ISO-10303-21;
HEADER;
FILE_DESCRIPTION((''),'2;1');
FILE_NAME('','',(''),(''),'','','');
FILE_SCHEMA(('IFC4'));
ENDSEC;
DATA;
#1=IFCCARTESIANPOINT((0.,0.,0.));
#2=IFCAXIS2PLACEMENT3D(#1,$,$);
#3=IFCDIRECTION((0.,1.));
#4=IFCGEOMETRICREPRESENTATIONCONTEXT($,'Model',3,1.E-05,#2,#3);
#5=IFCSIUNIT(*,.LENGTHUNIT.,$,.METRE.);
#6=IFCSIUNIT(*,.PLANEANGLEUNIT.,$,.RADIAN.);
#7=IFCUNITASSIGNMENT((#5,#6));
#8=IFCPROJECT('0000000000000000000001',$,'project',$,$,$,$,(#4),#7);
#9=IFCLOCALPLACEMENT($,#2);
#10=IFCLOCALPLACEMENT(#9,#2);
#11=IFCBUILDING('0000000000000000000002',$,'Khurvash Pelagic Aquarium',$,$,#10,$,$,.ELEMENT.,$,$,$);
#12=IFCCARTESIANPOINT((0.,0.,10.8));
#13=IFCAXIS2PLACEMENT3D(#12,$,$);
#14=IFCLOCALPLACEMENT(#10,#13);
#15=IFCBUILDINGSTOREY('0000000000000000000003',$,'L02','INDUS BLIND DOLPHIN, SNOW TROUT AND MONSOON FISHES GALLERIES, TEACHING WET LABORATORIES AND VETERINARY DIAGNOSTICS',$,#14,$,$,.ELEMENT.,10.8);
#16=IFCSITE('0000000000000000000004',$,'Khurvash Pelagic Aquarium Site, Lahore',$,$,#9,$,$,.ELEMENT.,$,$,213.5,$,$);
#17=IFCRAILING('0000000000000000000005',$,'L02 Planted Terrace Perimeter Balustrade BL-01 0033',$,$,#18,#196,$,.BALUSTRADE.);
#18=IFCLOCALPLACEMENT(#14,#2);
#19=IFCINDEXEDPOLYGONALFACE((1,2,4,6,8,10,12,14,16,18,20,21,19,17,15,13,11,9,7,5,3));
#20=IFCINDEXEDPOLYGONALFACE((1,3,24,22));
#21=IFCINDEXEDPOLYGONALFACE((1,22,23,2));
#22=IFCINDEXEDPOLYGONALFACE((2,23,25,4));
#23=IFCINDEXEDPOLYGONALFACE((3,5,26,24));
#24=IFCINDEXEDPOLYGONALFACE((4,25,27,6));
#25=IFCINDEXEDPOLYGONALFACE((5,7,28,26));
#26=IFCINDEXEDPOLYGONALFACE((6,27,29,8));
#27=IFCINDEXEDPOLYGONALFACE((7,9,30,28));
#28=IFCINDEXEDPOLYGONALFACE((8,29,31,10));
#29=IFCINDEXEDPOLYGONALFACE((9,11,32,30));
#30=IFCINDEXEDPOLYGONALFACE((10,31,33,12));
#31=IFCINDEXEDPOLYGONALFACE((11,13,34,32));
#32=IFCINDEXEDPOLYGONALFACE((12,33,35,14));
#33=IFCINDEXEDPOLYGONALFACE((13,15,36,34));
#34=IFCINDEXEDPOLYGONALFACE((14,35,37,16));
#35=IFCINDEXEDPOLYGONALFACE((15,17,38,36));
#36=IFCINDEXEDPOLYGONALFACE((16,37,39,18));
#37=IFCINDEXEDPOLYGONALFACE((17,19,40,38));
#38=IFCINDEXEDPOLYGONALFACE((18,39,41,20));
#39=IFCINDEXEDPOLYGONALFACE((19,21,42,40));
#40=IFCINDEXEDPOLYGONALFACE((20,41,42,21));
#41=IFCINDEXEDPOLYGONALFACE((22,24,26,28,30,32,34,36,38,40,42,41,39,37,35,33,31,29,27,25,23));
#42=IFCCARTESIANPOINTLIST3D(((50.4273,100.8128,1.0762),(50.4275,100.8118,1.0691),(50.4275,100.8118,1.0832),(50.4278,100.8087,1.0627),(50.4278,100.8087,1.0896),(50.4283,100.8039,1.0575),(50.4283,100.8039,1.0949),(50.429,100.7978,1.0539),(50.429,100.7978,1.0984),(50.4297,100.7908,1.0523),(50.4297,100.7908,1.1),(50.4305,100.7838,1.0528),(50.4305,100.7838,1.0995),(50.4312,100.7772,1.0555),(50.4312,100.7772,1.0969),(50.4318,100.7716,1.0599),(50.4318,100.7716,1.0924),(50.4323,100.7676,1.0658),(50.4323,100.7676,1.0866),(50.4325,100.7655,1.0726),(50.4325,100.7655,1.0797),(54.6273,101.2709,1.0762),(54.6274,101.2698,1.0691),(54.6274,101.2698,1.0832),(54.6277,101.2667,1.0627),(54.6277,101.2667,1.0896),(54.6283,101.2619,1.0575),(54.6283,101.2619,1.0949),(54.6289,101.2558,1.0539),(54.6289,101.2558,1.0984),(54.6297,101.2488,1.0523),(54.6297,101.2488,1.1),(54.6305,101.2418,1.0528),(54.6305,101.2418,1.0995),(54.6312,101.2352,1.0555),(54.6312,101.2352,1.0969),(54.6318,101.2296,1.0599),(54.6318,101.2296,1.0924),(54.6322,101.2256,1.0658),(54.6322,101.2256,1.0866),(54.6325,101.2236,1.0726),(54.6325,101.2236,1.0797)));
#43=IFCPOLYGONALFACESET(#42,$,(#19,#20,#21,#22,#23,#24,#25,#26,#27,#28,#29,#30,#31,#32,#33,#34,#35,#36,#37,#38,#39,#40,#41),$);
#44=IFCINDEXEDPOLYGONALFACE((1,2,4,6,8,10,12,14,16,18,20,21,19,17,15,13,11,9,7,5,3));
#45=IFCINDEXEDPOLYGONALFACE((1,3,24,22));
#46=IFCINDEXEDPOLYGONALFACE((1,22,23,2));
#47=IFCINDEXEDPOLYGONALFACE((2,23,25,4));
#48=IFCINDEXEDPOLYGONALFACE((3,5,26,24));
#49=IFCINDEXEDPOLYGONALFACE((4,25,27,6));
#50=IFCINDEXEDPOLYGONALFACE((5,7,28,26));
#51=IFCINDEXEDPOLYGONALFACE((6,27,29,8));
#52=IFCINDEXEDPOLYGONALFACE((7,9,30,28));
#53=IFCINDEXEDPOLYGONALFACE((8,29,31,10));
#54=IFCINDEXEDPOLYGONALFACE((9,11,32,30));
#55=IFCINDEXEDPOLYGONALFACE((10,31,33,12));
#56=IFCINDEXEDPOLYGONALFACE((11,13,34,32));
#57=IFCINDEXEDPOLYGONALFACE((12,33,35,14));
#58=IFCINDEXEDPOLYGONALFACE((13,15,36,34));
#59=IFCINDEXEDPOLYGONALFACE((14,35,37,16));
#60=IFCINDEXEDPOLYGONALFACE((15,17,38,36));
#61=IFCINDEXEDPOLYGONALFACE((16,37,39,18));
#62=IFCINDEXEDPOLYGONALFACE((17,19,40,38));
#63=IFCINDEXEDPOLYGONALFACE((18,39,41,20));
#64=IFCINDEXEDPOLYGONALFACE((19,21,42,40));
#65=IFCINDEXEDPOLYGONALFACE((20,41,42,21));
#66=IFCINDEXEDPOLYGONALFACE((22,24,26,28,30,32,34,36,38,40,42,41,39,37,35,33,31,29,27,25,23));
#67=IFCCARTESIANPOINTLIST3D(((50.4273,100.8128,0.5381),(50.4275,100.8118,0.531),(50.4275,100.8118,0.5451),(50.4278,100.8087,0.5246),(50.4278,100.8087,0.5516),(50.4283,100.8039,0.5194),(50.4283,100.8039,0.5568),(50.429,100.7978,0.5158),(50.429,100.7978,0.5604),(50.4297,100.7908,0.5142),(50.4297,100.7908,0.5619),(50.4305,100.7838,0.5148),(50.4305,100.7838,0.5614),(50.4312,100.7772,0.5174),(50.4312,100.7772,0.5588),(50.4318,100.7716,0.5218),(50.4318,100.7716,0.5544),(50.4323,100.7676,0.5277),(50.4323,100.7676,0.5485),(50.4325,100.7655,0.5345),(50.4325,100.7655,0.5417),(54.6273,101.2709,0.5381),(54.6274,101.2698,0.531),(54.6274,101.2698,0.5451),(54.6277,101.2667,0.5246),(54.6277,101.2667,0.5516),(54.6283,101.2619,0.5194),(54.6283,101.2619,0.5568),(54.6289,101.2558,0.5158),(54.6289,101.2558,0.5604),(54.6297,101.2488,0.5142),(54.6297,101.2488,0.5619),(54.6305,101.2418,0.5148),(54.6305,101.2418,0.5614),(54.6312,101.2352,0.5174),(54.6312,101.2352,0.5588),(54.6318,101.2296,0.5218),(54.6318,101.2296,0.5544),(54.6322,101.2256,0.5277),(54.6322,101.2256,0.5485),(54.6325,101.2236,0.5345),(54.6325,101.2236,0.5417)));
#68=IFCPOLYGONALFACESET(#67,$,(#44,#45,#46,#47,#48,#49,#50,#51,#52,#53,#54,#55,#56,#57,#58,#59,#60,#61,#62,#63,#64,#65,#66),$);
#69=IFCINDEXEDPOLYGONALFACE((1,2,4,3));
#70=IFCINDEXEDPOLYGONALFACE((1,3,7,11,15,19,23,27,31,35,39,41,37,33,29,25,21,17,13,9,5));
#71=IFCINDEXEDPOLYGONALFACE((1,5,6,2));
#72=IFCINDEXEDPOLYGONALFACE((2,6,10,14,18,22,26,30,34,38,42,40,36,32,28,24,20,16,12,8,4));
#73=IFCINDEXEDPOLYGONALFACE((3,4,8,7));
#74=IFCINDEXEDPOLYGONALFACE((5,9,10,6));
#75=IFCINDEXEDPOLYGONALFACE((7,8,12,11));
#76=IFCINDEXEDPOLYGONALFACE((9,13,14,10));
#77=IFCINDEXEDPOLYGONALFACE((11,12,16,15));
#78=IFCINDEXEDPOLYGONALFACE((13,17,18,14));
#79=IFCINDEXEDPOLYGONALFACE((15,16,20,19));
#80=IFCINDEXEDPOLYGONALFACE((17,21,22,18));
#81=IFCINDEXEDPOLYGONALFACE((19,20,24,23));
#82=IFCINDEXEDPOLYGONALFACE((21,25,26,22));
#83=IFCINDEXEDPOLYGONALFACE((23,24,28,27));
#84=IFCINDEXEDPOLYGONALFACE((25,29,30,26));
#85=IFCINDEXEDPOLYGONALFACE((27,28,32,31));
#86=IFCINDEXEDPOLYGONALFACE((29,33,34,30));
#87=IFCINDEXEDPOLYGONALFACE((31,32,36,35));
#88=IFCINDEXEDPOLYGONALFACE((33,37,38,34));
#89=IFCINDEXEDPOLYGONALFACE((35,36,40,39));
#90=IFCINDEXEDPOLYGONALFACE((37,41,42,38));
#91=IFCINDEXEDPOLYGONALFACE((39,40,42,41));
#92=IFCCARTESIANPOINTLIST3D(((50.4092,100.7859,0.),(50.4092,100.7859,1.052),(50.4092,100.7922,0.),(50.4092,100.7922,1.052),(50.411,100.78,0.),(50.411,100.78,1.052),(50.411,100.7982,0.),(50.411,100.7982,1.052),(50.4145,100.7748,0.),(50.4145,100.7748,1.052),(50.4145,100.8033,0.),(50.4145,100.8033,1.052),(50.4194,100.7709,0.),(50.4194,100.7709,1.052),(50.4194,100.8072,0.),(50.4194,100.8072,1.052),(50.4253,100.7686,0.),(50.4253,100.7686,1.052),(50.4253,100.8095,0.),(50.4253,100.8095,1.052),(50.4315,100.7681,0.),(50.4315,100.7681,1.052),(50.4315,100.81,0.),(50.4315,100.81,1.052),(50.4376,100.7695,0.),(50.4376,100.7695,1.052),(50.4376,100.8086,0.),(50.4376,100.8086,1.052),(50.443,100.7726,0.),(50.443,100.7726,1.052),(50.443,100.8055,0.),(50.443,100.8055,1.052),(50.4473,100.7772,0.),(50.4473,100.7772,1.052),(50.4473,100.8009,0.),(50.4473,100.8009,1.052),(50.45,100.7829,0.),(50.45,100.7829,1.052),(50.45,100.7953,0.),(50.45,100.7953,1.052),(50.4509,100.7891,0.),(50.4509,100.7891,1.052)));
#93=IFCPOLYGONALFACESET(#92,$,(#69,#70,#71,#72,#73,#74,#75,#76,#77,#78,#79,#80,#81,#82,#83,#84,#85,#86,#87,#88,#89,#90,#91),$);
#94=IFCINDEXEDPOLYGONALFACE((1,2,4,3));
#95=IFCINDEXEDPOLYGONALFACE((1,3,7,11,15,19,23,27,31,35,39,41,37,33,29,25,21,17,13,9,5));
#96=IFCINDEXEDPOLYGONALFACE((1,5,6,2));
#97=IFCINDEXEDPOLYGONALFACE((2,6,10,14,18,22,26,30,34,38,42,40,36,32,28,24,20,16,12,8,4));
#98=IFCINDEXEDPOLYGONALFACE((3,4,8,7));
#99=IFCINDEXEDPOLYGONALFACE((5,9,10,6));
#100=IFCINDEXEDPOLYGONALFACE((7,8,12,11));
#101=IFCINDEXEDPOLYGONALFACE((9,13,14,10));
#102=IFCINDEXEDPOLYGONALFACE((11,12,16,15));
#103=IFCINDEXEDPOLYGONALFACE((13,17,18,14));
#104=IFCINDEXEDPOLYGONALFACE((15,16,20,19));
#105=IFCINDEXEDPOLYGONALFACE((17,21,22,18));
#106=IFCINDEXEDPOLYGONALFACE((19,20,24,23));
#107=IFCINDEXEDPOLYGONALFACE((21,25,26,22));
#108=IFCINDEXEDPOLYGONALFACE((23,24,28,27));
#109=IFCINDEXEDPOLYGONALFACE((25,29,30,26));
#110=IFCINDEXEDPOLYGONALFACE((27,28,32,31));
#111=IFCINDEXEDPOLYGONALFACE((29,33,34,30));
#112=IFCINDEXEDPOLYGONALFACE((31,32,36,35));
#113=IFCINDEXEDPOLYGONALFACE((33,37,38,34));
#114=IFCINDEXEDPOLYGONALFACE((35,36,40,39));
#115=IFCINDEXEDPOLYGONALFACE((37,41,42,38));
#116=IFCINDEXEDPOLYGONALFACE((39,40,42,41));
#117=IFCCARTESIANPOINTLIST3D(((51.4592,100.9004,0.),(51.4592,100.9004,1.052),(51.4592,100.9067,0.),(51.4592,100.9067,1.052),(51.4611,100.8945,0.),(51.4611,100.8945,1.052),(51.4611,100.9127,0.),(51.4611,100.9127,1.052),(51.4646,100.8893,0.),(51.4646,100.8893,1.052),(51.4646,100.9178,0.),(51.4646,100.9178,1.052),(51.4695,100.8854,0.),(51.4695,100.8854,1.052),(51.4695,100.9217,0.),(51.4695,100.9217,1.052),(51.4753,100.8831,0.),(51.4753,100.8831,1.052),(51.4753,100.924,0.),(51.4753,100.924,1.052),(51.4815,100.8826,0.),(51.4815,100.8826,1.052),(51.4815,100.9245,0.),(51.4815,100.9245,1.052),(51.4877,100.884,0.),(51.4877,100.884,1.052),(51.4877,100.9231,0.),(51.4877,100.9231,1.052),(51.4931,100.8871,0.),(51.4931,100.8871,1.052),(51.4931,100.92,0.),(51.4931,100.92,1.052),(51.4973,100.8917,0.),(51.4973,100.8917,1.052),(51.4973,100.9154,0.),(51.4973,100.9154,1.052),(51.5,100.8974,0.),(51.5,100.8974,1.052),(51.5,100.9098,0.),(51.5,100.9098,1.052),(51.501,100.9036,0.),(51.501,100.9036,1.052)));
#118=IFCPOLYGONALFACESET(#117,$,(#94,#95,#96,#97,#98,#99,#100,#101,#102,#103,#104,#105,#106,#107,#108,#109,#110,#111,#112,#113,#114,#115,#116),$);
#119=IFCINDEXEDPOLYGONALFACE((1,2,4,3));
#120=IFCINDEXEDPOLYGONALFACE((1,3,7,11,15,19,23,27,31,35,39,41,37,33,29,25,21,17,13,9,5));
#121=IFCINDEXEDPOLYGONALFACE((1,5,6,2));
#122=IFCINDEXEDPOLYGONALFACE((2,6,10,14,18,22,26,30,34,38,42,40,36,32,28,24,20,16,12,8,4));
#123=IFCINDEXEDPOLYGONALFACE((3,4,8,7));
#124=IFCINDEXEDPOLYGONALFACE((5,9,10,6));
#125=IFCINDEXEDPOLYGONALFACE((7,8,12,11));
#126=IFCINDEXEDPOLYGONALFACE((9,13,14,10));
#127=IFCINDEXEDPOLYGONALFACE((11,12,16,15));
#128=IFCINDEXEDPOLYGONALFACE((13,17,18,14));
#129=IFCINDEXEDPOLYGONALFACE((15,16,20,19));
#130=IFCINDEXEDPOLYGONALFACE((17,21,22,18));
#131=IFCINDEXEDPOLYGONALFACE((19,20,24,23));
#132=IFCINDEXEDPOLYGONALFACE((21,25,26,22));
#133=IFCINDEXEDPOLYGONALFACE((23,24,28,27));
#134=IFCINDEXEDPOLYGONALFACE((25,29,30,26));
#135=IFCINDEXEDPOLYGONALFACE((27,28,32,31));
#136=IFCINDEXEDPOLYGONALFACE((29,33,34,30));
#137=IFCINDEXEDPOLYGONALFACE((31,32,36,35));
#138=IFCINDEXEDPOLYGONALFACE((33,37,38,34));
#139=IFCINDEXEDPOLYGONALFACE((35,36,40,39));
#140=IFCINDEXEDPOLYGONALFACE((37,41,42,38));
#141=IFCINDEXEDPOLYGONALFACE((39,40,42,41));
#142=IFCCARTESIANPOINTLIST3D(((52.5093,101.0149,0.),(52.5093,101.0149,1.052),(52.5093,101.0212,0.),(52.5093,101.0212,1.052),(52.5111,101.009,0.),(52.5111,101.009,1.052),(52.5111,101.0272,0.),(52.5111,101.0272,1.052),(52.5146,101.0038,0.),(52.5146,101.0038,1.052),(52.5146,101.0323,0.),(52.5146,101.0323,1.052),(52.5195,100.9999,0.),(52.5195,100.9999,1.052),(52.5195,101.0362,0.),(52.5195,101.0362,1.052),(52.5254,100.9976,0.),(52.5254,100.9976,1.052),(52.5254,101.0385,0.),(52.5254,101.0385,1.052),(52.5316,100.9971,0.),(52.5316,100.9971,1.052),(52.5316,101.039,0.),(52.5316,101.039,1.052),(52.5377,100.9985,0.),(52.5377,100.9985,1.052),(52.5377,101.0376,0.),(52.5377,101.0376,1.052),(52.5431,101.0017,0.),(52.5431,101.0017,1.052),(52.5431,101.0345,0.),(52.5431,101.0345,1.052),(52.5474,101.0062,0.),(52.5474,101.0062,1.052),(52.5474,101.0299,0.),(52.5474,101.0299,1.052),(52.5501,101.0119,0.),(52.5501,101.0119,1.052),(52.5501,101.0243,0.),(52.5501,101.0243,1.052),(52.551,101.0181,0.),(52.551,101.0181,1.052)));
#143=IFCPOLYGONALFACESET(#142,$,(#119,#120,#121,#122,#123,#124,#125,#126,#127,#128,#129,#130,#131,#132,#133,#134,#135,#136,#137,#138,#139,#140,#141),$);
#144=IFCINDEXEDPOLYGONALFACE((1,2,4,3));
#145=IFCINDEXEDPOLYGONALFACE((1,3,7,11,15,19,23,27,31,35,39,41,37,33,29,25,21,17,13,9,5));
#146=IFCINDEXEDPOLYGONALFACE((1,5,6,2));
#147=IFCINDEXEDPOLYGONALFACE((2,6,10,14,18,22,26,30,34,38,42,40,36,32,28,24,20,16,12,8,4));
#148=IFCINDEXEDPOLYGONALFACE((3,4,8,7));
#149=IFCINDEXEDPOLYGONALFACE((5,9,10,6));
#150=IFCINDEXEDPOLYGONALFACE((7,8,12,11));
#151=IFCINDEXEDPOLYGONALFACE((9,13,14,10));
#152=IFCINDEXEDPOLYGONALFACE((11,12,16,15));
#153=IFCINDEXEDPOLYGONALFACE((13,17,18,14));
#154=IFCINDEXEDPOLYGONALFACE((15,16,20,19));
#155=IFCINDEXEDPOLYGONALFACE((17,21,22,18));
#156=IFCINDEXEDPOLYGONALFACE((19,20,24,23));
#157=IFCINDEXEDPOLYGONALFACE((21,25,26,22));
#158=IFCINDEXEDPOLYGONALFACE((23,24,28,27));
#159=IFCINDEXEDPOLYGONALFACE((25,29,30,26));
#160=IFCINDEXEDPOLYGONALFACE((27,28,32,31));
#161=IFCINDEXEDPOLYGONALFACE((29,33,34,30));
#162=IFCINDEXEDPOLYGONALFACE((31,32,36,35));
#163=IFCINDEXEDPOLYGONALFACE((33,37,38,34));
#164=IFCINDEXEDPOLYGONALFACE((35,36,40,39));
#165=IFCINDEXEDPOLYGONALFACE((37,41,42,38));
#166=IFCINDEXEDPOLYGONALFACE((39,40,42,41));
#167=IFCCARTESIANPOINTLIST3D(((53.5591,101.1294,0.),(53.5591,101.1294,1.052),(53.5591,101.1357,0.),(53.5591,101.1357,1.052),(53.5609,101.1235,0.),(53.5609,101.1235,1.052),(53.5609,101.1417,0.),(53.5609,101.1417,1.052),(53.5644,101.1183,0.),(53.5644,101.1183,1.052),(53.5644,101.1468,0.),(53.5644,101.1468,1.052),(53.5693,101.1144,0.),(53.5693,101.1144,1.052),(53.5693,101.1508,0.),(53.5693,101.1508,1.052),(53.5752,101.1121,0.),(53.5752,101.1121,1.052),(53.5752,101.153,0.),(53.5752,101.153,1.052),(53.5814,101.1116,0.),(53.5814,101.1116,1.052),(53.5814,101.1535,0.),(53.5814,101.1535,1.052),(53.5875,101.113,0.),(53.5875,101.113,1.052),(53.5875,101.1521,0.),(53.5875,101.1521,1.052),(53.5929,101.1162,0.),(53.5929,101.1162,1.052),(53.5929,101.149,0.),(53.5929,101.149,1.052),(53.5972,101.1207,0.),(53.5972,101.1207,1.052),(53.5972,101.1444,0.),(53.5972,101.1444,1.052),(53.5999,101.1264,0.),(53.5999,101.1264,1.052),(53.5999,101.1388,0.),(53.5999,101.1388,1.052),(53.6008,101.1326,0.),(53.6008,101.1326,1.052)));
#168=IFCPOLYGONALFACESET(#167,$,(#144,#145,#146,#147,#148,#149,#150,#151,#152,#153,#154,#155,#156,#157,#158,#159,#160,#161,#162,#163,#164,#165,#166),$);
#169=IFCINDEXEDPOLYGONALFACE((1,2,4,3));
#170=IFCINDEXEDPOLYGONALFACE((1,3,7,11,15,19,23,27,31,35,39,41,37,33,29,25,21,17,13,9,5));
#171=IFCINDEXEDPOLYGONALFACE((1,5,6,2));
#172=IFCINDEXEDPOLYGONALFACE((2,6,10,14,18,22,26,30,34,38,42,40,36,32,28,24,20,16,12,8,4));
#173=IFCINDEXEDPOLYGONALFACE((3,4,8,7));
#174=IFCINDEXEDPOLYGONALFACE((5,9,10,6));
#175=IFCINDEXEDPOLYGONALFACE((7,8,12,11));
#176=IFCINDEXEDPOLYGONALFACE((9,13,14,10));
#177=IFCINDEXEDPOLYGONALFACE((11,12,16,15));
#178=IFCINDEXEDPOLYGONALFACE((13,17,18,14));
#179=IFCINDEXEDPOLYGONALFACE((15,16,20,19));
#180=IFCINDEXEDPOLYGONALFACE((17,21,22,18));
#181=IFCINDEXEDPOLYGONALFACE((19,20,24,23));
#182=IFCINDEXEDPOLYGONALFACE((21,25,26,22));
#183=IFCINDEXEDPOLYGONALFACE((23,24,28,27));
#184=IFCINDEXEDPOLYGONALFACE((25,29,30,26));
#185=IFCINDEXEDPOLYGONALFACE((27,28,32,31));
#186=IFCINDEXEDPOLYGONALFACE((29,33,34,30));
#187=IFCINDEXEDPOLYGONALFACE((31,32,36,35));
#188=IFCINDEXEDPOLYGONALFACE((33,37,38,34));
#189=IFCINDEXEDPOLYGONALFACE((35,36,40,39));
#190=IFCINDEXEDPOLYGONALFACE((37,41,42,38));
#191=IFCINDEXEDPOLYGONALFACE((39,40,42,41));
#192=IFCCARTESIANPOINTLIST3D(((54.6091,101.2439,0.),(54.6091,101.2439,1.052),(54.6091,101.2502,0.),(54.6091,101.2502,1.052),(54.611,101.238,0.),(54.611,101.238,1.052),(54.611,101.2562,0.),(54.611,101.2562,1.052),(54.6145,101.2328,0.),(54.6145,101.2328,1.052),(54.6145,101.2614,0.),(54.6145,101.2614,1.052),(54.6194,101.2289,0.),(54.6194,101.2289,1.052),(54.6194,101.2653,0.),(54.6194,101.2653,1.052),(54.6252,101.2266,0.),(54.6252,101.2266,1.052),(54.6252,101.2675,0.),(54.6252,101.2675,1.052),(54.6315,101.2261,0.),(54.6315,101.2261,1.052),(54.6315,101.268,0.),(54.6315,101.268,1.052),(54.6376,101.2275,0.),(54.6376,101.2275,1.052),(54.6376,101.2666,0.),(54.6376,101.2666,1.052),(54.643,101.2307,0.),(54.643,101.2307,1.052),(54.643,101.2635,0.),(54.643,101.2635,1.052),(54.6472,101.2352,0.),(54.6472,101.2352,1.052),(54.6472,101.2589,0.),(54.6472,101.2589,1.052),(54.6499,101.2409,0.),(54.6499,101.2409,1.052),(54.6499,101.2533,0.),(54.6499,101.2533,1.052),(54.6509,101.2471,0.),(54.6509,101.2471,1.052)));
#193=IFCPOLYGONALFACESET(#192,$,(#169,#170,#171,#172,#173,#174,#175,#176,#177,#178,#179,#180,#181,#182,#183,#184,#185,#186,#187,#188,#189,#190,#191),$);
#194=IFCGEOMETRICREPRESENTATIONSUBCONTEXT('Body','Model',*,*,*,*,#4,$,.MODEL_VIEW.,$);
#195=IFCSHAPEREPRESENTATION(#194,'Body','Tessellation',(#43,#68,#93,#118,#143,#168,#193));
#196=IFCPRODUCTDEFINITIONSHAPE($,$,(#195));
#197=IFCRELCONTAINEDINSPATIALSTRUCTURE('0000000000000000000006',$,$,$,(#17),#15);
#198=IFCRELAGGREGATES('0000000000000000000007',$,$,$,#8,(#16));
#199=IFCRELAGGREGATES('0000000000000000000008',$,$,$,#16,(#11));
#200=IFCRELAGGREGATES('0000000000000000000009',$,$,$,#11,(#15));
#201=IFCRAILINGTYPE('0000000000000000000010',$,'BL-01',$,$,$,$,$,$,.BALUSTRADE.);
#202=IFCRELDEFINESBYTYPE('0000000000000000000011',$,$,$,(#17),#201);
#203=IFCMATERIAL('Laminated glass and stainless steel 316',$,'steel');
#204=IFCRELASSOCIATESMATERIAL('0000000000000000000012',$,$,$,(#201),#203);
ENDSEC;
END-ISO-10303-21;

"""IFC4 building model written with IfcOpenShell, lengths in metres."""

from ifc_helpers import new_model, si_unit, direction, frame, origin, origin_2d, place, context, subcontext, project, spatial, circle, extrude, material, type_object, element, save


model = new_model("IFC4")

# Units and contexts
model_context = context("Model", 3, precision=1e-05, world=origin(), true_north=direction((0.0, 1.0)))
body_context = subcontext(model_context, "Body", "Model", "MODEL_VIEW")
ifc_project = project(units=[si_unit("LENGTHUNIT", "METRE"), si_unit("PLANEANGLEUNIT", "RADIAN")], contexts=[model_context])

# Site, building, storey
site_placement = place(None, origin())
site = spatial("IfcSite", under=ifc_project, at=site_placement, Name="Khurvash Pelagic Aquarium Site, Lahore", CompositionType="ELEMENT", RefElevation=213.5)
building_placement = place(site_placement, origin())
building = spatial("IfcBuilding", under=site, at=building_placement, Name="Khurvash Pelagic Aquarium", CompositionType="ELEMENT")
storey_placement = place(building_placement, frame((0.0, 0.0, 10.8)))
storey = spatial("IfcBuildingStorey", under=building, at=storey_placement, Name="L02", Description="INDUS BLIND DOLPHIN, SNOW TROUT AND MONSOON FISHES GALLERIES, TEACHING WET LABORATORIES AND VETERINARY DIAGNOSTICS", CompositionType="ELEMENT", Elevation=10.8)

# Railing
ifc_material_1 = material(Name="Laminated glass and stainless steel 316", Category="steel")
railing_type = type_object("IfcRailingType", Name="BL-01", PredefinedType="BALUSTRADE", material=ifc_material_1)
railing_1_placement = place(storey_placement, frame((50.4299, 100.7891, 0.0)))
element("IfcRailing", 1, at=railing_1_placement, inside=storey, type_object=railing_type, Name="L02 Planted Terrace Perimeter Balustrade BL-01 0033", PredefinedType="BALUSTRADE", context=body_context, shape_type="SweptSolid", body=[
    extrude(circle(Radius=0.0239, at=origin_2d()), frame((0.0, 0.0, 1.0762), z_axis=(0.994106, 0.108408, 0.0), x_axis=(-0.108408, 0.994106, 0.0)), (0.0, 0.0, 1.0), 4.2249),
    extrude(circle(Radius=0.0239, at=origin_2d()), frame((0.0, 0.0, 0.5381), z_axis=(0.994106, 0.108408, 0.0), x_axis=(-0.108408, 0.994106, 0.0)), (0.0, 0.0, 1.0), 4.2249),
    extrude(circle(Radius=0.021, at=origin_2d()), origin(), (0.0, 0.0, 1.0), 1.052),
    extrude(circle(Radius=0.021, at=origin_2d()), frame((1.05, 0.1145, 0.0)), (0.0, 0.0, 1.0), 1.052),
    extrude(circle(Radius=0.021, at=origin_2d()), frame((2.1001, 0.229, 0.0)), (0.0, 0.0, 1.0), 1.052),
    extrude(circle(Radius=0.021, at=origin_2d()), frame((3.1499, 0.3435, 0.0)), (0.0, 0.0, 1.0), 1.052),
    extrude(circle(Radius=0.021, at=origin_2d()), frame((4.2, 0.458, 0.0)), (0.0, 0.0, 1.0), 1.052),
])

save(model, "model.ifc")
